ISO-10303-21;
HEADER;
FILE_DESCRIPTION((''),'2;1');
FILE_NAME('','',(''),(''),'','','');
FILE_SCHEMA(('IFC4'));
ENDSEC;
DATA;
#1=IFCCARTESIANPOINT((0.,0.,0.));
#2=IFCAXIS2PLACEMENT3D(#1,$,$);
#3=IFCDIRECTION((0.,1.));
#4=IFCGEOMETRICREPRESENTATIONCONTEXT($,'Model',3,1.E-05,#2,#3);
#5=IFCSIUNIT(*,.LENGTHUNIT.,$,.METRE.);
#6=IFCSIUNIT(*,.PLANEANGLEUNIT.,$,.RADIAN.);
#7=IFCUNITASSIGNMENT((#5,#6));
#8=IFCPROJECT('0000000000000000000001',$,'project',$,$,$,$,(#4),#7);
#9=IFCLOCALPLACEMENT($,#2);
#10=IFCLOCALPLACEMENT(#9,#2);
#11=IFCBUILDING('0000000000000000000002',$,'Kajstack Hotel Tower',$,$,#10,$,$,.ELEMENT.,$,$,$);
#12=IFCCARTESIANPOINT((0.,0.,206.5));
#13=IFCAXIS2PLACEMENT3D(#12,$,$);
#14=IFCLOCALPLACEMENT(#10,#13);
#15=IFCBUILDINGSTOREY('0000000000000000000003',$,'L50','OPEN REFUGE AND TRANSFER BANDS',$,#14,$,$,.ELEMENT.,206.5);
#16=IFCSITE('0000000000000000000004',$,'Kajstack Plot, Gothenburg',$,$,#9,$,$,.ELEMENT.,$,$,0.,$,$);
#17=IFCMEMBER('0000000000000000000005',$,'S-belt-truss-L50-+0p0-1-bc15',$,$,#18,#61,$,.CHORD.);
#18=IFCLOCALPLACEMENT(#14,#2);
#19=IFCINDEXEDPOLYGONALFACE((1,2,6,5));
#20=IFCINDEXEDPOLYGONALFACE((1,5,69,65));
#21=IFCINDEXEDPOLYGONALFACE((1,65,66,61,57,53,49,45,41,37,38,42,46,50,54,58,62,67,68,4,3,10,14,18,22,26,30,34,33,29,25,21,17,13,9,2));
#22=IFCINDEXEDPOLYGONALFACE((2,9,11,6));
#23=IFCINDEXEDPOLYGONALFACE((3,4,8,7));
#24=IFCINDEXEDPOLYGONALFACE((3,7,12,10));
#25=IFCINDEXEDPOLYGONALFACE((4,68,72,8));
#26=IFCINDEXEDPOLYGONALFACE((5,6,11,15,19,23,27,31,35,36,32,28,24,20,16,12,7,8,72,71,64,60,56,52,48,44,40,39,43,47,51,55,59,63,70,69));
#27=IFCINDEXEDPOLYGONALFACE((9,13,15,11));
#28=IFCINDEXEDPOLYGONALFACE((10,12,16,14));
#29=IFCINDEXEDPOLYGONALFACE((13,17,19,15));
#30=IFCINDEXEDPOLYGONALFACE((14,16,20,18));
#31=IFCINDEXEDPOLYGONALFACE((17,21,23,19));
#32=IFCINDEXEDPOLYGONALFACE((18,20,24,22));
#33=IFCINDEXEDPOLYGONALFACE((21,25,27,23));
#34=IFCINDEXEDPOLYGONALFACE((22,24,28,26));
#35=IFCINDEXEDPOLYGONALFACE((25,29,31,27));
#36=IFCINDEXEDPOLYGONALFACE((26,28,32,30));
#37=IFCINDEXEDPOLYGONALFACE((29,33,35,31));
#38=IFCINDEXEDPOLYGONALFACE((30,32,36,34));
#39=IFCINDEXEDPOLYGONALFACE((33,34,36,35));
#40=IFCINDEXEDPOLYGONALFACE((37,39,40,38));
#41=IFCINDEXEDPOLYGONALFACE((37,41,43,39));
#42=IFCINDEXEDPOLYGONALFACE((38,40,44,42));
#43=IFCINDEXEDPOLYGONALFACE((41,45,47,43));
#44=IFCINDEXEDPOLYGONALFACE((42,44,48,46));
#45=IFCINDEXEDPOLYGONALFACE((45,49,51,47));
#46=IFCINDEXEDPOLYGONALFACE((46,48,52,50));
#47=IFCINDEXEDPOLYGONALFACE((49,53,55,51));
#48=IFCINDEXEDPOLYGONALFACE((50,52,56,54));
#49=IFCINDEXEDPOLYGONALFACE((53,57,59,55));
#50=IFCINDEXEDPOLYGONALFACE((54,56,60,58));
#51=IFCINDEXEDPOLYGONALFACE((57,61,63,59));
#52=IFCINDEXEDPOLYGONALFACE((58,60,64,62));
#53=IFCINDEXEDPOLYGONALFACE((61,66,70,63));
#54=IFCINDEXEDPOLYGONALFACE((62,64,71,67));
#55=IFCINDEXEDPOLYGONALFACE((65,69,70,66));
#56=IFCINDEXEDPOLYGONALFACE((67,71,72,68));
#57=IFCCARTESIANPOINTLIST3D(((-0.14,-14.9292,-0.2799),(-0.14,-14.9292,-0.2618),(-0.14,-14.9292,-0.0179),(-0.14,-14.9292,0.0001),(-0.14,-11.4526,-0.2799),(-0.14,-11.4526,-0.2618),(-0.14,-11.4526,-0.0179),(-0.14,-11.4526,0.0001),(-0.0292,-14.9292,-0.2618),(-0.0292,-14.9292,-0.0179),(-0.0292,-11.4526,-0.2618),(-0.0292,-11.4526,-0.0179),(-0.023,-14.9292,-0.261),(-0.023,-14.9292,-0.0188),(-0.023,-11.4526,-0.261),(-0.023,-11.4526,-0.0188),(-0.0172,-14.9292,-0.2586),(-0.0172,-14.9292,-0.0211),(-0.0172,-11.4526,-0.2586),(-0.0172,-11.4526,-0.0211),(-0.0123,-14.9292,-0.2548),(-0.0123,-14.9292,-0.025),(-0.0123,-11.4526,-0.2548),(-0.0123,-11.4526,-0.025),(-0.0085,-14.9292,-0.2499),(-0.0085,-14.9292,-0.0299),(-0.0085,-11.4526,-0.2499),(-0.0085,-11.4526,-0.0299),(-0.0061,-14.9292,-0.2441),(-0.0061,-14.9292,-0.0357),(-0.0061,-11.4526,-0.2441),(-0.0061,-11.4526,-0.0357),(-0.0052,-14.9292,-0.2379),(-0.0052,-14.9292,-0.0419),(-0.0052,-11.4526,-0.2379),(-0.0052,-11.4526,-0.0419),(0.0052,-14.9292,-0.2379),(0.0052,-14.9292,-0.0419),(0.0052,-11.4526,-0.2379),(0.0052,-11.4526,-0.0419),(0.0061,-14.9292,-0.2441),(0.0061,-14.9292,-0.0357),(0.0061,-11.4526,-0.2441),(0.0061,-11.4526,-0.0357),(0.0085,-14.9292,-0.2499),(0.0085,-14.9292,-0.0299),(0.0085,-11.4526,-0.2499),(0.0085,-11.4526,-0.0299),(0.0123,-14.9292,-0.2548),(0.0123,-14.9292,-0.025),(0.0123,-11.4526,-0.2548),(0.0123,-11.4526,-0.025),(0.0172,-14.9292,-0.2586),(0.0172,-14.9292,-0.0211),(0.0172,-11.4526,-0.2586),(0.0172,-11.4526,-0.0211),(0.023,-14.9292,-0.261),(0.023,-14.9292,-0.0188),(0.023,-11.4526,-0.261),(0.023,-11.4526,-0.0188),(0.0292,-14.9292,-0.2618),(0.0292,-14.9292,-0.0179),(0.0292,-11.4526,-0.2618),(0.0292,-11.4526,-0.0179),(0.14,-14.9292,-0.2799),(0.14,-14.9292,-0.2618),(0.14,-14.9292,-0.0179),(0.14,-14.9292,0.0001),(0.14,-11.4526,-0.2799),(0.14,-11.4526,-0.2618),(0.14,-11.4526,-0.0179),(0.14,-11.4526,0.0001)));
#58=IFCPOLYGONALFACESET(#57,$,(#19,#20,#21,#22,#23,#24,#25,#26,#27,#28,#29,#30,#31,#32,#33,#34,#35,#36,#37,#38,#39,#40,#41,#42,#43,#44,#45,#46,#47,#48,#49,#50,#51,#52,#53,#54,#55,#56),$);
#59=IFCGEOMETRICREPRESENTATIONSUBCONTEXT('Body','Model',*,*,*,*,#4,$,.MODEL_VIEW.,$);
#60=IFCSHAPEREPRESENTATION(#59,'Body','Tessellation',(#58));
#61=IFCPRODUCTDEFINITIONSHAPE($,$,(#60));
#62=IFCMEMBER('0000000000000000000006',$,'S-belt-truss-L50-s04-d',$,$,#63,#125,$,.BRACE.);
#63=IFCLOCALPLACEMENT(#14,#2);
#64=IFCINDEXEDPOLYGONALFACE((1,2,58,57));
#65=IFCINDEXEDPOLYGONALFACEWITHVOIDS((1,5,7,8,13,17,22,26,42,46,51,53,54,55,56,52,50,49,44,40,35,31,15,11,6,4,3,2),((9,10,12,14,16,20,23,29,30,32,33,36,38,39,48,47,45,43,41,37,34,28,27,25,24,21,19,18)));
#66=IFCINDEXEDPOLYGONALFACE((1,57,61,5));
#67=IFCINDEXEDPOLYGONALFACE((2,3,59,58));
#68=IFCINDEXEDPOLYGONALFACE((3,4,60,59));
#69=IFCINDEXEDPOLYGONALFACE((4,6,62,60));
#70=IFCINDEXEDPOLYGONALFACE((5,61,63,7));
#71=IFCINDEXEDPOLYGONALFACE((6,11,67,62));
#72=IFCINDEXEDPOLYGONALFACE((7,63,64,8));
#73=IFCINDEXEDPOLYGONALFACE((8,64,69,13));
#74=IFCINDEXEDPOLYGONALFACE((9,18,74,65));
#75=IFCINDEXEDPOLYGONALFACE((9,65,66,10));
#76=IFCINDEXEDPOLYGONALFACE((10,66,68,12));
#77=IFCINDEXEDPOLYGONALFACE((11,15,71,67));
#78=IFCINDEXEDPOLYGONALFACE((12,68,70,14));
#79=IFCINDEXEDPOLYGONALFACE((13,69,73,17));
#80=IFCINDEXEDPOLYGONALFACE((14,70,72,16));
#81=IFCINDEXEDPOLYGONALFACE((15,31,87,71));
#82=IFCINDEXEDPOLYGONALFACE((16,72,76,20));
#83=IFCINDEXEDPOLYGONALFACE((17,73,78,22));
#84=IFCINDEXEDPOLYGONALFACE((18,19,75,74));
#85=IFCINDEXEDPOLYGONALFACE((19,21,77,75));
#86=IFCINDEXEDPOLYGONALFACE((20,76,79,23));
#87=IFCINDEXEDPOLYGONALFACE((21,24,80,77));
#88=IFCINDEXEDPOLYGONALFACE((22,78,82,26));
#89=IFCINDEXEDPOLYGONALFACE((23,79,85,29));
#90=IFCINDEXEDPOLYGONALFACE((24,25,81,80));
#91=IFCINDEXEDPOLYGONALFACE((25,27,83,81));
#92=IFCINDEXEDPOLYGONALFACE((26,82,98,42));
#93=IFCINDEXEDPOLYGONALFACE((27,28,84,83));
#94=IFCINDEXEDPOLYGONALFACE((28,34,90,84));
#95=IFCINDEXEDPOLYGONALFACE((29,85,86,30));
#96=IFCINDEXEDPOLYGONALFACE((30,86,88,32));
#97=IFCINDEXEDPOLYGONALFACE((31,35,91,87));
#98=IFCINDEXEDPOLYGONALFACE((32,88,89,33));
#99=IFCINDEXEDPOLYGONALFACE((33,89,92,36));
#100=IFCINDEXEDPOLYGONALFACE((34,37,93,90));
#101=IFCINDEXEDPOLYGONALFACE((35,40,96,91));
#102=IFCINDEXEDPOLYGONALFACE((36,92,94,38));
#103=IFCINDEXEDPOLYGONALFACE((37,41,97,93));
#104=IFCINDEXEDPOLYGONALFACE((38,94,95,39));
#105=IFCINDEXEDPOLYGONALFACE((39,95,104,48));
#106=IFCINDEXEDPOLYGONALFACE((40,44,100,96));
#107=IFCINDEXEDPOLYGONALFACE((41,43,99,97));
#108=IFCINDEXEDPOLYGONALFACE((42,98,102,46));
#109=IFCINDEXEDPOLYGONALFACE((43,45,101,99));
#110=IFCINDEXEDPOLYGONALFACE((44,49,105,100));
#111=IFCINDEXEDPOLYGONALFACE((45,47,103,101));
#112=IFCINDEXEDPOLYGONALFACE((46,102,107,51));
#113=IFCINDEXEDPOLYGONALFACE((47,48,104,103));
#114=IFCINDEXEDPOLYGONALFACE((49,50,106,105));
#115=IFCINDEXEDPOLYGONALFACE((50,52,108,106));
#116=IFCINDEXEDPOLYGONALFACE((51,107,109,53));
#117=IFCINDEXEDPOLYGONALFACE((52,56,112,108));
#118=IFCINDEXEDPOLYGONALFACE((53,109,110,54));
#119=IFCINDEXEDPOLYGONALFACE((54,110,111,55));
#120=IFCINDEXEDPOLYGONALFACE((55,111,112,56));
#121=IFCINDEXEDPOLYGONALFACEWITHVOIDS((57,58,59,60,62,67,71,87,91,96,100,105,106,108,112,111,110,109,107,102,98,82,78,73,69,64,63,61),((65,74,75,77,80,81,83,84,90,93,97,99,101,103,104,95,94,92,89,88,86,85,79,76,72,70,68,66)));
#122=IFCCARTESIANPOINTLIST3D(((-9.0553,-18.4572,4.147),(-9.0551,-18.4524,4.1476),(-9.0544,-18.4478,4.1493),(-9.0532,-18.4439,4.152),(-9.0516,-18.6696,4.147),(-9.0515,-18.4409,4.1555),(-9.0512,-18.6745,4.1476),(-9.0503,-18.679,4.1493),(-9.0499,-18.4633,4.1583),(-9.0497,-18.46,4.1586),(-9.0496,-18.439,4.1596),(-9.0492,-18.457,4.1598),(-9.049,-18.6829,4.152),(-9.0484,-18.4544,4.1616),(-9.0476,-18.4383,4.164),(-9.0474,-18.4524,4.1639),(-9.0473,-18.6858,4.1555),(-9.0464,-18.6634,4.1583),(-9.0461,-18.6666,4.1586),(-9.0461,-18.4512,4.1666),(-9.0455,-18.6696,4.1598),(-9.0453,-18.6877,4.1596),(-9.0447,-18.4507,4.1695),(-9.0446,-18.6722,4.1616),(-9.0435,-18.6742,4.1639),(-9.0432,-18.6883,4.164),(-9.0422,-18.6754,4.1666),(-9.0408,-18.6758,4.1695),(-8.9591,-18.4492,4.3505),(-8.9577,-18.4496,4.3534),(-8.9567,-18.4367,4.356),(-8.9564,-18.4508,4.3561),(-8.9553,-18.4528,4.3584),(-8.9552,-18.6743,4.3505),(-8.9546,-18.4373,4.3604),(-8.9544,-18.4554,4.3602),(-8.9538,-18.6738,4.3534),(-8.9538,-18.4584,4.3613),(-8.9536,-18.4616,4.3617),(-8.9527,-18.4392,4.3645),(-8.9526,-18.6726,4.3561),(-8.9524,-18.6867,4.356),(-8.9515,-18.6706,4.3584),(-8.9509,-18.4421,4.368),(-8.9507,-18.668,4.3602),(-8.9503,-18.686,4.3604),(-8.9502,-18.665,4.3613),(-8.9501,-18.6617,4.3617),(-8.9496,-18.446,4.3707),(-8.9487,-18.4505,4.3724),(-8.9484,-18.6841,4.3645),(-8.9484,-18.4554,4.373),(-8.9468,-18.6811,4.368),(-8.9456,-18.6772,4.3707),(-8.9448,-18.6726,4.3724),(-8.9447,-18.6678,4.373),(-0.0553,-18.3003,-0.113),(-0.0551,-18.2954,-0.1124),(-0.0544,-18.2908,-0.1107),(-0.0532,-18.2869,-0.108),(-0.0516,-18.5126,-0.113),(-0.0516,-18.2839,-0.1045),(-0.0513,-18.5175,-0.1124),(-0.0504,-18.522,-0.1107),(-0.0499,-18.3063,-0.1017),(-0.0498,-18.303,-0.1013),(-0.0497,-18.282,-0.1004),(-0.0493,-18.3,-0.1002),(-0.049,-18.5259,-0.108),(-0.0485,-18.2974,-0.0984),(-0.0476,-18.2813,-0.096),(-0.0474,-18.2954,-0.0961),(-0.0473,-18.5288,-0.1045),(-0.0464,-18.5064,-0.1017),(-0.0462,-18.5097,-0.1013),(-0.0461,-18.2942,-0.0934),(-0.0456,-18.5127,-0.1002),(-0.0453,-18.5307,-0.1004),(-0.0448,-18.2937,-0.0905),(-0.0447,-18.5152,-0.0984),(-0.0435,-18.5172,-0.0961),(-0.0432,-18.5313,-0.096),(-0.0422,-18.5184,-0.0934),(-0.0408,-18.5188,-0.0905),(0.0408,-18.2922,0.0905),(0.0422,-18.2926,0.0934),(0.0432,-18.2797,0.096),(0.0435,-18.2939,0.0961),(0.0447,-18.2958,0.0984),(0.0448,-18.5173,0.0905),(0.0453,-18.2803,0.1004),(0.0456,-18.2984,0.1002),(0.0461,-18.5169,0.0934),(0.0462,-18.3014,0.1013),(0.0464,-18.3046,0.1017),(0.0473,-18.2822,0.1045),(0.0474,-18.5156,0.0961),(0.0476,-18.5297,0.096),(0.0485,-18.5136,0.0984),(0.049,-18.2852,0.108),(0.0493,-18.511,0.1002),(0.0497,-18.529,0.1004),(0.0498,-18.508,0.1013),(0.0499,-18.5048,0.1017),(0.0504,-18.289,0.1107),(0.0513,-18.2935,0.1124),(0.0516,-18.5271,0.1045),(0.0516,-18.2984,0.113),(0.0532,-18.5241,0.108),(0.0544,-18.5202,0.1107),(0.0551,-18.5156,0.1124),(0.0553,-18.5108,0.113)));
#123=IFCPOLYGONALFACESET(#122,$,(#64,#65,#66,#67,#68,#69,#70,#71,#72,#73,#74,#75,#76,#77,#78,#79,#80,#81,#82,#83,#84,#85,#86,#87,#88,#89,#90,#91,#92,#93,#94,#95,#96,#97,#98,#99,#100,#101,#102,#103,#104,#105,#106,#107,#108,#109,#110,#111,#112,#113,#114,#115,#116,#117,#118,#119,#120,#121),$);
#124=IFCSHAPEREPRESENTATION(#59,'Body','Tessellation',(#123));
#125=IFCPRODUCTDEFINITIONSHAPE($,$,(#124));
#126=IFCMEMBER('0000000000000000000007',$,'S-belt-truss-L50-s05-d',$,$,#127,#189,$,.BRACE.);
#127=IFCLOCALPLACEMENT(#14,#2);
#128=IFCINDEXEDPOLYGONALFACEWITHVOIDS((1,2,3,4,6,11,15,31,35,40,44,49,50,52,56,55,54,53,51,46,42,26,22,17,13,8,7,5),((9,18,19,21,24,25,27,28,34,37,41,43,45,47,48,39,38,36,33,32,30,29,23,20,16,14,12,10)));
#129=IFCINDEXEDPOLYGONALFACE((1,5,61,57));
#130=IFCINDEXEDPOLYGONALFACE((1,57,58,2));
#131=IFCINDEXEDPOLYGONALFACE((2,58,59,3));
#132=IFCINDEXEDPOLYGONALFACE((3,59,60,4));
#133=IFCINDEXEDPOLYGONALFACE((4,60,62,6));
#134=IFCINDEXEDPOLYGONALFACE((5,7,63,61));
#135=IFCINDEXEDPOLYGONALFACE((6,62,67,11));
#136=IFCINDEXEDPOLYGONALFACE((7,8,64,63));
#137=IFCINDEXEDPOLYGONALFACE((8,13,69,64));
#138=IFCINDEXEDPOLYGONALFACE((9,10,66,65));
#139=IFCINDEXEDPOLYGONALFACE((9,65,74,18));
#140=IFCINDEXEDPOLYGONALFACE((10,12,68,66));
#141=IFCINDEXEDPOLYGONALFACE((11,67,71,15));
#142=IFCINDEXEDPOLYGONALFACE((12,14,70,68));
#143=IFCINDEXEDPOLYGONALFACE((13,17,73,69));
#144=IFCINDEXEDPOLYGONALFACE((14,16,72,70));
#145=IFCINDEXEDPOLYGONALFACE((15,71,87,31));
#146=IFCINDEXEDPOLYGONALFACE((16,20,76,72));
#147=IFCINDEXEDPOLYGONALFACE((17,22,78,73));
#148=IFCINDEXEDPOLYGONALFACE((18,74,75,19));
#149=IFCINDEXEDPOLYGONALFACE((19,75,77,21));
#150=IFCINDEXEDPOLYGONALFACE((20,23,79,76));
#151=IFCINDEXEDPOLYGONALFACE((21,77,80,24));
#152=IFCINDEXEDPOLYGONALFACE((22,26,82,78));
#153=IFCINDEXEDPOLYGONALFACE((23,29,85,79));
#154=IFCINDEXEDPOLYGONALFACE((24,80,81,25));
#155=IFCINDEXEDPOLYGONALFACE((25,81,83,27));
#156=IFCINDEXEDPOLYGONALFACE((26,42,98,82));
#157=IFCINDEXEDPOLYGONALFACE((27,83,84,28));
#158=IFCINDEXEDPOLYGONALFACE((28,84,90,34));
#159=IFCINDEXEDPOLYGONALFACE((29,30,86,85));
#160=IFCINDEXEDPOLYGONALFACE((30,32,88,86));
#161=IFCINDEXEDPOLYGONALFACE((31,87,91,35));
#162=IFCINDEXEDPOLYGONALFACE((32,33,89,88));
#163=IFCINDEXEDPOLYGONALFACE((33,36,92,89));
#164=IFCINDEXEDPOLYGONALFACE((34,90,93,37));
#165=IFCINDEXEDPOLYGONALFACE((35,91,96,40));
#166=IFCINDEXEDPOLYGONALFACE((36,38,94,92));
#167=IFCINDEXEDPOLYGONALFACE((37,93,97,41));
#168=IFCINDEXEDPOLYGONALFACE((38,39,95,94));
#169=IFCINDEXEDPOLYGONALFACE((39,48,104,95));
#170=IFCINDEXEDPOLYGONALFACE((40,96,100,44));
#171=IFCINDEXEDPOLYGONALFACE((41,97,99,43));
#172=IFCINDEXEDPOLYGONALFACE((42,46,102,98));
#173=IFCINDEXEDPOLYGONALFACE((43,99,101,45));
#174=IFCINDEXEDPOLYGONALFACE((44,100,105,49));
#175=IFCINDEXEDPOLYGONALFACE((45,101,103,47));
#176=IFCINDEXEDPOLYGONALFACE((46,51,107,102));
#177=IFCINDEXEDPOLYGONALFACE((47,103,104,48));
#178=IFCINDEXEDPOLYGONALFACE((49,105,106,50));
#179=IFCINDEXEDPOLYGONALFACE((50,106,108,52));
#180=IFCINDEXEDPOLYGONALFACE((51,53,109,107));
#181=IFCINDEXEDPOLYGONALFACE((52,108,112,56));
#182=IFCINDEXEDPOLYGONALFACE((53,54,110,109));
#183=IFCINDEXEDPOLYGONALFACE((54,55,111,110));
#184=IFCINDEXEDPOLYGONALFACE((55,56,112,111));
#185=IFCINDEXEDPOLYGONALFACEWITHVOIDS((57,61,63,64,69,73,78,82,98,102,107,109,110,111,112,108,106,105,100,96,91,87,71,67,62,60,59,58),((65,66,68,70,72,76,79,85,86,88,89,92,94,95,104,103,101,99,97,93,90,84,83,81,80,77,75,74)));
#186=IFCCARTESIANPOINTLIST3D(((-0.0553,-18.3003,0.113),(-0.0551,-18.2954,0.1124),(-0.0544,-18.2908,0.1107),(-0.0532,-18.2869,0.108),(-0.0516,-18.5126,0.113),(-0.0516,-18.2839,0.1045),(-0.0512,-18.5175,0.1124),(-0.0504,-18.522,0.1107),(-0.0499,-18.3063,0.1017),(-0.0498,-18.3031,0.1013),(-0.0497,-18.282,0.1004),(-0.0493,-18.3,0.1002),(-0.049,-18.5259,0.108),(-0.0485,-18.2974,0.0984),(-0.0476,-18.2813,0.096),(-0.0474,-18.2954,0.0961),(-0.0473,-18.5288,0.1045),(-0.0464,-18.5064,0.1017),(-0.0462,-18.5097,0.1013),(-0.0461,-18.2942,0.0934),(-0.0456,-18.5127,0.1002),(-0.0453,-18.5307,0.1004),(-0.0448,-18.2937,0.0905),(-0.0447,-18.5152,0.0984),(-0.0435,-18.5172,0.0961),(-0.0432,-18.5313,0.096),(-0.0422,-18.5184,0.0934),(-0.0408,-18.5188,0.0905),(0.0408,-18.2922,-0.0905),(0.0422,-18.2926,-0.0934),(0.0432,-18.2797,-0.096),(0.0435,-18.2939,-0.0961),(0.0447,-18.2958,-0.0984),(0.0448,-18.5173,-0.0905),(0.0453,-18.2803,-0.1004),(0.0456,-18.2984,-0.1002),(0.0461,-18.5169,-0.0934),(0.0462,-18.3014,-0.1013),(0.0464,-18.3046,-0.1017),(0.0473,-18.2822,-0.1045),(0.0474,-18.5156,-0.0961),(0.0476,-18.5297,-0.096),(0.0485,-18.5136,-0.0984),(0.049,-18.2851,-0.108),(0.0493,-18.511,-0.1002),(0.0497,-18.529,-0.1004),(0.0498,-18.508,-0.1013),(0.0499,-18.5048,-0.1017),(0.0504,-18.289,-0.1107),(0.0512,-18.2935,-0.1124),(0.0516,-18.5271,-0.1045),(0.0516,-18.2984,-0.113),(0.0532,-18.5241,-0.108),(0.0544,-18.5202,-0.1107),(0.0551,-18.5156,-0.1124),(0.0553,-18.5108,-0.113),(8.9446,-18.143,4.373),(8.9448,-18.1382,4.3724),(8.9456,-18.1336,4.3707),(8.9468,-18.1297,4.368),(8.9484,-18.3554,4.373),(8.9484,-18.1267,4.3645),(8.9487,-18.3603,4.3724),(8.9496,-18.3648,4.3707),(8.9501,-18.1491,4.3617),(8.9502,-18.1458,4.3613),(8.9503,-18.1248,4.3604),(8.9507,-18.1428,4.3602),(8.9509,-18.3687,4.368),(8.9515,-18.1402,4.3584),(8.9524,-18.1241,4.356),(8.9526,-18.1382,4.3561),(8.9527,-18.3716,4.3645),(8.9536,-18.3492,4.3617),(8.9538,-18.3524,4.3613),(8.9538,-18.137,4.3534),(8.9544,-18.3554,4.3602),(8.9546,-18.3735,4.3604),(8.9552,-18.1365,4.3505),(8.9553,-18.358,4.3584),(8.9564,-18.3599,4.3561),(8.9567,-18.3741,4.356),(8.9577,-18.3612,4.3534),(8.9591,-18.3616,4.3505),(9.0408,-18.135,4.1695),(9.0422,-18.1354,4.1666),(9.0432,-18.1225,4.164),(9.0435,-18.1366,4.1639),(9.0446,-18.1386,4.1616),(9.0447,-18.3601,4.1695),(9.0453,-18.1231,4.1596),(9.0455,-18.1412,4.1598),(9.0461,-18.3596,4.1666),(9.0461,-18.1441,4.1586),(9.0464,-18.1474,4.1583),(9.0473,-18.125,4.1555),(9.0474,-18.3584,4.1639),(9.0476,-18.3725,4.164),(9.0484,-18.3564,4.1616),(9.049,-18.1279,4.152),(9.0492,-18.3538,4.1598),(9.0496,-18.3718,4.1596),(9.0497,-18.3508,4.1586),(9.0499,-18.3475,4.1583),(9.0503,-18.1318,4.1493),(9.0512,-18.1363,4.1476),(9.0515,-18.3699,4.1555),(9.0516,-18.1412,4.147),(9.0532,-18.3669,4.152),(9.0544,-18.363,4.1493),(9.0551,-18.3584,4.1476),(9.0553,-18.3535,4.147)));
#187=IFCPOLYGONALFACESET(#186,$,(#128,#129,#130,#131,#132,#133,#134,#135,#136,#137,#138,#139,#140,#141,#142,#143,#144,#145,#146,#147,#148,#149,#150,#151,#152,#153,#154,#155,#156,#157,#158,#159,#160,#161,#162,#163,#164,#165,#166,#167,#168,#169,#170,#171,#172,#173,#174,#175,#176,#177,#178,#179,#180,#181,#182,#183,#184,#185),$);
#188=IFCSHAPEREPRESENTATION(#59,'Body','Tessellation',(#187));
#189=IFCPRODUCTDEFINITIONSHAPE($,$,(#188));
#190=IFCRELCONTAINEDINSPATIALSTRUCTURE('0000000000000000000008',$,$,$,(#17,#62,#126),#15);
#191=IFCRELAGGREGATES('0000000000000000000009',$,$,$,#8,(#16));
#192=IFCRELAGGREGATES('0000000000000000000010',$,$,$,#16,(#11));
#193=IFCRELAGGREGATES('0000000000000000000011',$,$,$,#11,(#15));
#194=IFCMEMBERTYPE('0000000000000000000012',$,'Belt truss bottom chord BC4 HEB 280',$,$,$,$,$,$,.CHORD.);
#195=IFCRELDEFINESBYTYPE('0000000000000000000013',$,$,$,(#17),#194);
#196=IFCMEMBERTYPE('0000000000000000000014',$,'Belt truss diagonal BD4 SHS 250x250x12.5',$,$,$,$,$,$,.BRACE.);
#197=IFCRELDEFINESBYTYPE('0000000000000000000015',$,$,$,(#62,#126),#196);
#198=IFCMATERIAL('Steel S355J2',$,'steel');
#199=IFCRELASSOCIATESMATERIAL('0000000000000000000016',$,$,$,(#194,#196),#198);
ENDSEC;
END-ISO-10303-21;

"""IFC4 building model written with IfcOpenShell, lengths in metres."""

from ifc_helpers import new_model, si_unit, direction, frame, origin, origin_2d, place, context, subcontext, project, spatial, hollow_rectangle, i_section, extrude, material, material_profile, profile_set, type_object, element, save


model = new_model("IFC4")

# Units and contexts
model_context = context("Model", 3, precision=1e-05, world=origin(), true_north=direction((0.0, 1.0)))
body_context = subcontext(model_context, "Body", "Model", "MODEL_VIEW")
ifc_project = project(units=[si_unit("LENGTHUNIT", "METRE"), si_unit("PLANEANGLEUNIT", "RADIAN")], contexts=[model_context])

# Site, building, storey
site_placement = place(None, origin())
site = spatial("IfcSite", under=ifc_project, at=site_placement, Name="Kajstack Plot, Gothenburg", CompositionType="ELEMENT", RefElevation=0.0)
building_placement = place(site_placement, origin())
building = spatial("IfcBuilding", under=site, at=building_placement, Name="Kajstack Hotel Tower", CompositionType="ELEMENT")
storey_placement = place(building_placement, frame((0.0, 0.0, 206.5)))
storey = spatial("IfcBuildingStorey", under=building, at=storey_placement, Name="L50", Description="OPEN REFUGE AND TRANSFER BANDS", CompositionType="ELEMENT", Elevation=206.5)

# Members
ifc_material_1 = material(Name="Steel S355J2", Category="steel")
ifc_material_profile_1 = material_profile(ifc_material_1, i_section(OverallWidth=0.28, OverallDepth=0.28, WebThickness=0.0105, FlangeThickness=0.0181, FilletRadius=0.0239, at=origin_2d()), Name="HEB 280")
ifc_profile_set_1 = profile_set([ifc_material_profile_1], Name="Steel S355J2")
member_type_1 = type_object("IfcMemberType", Name="Belt truss bottom chord BC4 HEB 280", PredefinedType="CHORD", material=ifc_profile_set_1)
member_1_placement = place(storey_placement, frame((0.0, -14.9292, -0.1399), z_axis=(0.0, 1.0, 0.0), x_axis=(-1.0, 0.0, 0.0)))
element("IfcMember", 1, at=member_1_placement, inside=storey, type_object=member_type_1, Name="S-belt-truss-L50-+0p0-1-bc15", PredefinedType="CHORD", context=body_context, shape_type="SweptSolid", body=[
    extrude(i_section(OverallWidth=0.28, OverallDepth=0.28, WebThickness=0.0105, FlangeThickness=0.0181, FilletRadius=0.0239, at=origin_2d()), origin(), (0.0, 0.0, 1.0), 3.4766),
])
ifc_material_profile_2 = material_profile(ifc_material_1, hollow_rectangle(XDim=0.25, YDim=0.25, WallThickness=0.0125, InnerFilletRadius=0.0125, OuterFilletRadius=0.0188, at=origin_2d()), Name="SHS 250x250x12.5")
ifc_profile_set_2 = profile_set([ifc_material_profile_2], Name="Steel S355J2")
member_type_2 = type_object("IfcMemberType", Name="Belt truss diagonal BD4 SHS 250x250x12.5", PredefinedType="BRACE", material=ifc_profile_set_2)
for number, where, z_axis, x_axis, name in (
    (2, (0.0, -18.4055, 0.0), (-0.903748, -0.015764, 0.427775), (0.01744, -0.999848, 0.0), "S-belt-truss-L50-s04-d"),
    (3, (0.0, -18.4055, 0.0), (0.903747, 0.015788, 0.427775), (-0.017467, 0.999847, 0.0), "S-belt-truss-L50-s05-d"),
):
    element("IfcMember", number, at=place(storey_placement, frame(where, z_axis=z_axis, x_axis=x_axis)), inside=storey, type_object=member_type_2, Name=name, PredefinedType="BRACE", context=body_context, shape_type="SweptSolid", body=[
        extrude(hollow_rectangle(XDim=0.25, YDim=0.25, WallThickness=0.0125, InnerFilletRadius=0.0125, OuterFilletRadius=0.0188, at=origin_2d()), origin(), (0.0, 0.0, 1.0), 9.9585),
    ])

save(model, "model.ifc")
